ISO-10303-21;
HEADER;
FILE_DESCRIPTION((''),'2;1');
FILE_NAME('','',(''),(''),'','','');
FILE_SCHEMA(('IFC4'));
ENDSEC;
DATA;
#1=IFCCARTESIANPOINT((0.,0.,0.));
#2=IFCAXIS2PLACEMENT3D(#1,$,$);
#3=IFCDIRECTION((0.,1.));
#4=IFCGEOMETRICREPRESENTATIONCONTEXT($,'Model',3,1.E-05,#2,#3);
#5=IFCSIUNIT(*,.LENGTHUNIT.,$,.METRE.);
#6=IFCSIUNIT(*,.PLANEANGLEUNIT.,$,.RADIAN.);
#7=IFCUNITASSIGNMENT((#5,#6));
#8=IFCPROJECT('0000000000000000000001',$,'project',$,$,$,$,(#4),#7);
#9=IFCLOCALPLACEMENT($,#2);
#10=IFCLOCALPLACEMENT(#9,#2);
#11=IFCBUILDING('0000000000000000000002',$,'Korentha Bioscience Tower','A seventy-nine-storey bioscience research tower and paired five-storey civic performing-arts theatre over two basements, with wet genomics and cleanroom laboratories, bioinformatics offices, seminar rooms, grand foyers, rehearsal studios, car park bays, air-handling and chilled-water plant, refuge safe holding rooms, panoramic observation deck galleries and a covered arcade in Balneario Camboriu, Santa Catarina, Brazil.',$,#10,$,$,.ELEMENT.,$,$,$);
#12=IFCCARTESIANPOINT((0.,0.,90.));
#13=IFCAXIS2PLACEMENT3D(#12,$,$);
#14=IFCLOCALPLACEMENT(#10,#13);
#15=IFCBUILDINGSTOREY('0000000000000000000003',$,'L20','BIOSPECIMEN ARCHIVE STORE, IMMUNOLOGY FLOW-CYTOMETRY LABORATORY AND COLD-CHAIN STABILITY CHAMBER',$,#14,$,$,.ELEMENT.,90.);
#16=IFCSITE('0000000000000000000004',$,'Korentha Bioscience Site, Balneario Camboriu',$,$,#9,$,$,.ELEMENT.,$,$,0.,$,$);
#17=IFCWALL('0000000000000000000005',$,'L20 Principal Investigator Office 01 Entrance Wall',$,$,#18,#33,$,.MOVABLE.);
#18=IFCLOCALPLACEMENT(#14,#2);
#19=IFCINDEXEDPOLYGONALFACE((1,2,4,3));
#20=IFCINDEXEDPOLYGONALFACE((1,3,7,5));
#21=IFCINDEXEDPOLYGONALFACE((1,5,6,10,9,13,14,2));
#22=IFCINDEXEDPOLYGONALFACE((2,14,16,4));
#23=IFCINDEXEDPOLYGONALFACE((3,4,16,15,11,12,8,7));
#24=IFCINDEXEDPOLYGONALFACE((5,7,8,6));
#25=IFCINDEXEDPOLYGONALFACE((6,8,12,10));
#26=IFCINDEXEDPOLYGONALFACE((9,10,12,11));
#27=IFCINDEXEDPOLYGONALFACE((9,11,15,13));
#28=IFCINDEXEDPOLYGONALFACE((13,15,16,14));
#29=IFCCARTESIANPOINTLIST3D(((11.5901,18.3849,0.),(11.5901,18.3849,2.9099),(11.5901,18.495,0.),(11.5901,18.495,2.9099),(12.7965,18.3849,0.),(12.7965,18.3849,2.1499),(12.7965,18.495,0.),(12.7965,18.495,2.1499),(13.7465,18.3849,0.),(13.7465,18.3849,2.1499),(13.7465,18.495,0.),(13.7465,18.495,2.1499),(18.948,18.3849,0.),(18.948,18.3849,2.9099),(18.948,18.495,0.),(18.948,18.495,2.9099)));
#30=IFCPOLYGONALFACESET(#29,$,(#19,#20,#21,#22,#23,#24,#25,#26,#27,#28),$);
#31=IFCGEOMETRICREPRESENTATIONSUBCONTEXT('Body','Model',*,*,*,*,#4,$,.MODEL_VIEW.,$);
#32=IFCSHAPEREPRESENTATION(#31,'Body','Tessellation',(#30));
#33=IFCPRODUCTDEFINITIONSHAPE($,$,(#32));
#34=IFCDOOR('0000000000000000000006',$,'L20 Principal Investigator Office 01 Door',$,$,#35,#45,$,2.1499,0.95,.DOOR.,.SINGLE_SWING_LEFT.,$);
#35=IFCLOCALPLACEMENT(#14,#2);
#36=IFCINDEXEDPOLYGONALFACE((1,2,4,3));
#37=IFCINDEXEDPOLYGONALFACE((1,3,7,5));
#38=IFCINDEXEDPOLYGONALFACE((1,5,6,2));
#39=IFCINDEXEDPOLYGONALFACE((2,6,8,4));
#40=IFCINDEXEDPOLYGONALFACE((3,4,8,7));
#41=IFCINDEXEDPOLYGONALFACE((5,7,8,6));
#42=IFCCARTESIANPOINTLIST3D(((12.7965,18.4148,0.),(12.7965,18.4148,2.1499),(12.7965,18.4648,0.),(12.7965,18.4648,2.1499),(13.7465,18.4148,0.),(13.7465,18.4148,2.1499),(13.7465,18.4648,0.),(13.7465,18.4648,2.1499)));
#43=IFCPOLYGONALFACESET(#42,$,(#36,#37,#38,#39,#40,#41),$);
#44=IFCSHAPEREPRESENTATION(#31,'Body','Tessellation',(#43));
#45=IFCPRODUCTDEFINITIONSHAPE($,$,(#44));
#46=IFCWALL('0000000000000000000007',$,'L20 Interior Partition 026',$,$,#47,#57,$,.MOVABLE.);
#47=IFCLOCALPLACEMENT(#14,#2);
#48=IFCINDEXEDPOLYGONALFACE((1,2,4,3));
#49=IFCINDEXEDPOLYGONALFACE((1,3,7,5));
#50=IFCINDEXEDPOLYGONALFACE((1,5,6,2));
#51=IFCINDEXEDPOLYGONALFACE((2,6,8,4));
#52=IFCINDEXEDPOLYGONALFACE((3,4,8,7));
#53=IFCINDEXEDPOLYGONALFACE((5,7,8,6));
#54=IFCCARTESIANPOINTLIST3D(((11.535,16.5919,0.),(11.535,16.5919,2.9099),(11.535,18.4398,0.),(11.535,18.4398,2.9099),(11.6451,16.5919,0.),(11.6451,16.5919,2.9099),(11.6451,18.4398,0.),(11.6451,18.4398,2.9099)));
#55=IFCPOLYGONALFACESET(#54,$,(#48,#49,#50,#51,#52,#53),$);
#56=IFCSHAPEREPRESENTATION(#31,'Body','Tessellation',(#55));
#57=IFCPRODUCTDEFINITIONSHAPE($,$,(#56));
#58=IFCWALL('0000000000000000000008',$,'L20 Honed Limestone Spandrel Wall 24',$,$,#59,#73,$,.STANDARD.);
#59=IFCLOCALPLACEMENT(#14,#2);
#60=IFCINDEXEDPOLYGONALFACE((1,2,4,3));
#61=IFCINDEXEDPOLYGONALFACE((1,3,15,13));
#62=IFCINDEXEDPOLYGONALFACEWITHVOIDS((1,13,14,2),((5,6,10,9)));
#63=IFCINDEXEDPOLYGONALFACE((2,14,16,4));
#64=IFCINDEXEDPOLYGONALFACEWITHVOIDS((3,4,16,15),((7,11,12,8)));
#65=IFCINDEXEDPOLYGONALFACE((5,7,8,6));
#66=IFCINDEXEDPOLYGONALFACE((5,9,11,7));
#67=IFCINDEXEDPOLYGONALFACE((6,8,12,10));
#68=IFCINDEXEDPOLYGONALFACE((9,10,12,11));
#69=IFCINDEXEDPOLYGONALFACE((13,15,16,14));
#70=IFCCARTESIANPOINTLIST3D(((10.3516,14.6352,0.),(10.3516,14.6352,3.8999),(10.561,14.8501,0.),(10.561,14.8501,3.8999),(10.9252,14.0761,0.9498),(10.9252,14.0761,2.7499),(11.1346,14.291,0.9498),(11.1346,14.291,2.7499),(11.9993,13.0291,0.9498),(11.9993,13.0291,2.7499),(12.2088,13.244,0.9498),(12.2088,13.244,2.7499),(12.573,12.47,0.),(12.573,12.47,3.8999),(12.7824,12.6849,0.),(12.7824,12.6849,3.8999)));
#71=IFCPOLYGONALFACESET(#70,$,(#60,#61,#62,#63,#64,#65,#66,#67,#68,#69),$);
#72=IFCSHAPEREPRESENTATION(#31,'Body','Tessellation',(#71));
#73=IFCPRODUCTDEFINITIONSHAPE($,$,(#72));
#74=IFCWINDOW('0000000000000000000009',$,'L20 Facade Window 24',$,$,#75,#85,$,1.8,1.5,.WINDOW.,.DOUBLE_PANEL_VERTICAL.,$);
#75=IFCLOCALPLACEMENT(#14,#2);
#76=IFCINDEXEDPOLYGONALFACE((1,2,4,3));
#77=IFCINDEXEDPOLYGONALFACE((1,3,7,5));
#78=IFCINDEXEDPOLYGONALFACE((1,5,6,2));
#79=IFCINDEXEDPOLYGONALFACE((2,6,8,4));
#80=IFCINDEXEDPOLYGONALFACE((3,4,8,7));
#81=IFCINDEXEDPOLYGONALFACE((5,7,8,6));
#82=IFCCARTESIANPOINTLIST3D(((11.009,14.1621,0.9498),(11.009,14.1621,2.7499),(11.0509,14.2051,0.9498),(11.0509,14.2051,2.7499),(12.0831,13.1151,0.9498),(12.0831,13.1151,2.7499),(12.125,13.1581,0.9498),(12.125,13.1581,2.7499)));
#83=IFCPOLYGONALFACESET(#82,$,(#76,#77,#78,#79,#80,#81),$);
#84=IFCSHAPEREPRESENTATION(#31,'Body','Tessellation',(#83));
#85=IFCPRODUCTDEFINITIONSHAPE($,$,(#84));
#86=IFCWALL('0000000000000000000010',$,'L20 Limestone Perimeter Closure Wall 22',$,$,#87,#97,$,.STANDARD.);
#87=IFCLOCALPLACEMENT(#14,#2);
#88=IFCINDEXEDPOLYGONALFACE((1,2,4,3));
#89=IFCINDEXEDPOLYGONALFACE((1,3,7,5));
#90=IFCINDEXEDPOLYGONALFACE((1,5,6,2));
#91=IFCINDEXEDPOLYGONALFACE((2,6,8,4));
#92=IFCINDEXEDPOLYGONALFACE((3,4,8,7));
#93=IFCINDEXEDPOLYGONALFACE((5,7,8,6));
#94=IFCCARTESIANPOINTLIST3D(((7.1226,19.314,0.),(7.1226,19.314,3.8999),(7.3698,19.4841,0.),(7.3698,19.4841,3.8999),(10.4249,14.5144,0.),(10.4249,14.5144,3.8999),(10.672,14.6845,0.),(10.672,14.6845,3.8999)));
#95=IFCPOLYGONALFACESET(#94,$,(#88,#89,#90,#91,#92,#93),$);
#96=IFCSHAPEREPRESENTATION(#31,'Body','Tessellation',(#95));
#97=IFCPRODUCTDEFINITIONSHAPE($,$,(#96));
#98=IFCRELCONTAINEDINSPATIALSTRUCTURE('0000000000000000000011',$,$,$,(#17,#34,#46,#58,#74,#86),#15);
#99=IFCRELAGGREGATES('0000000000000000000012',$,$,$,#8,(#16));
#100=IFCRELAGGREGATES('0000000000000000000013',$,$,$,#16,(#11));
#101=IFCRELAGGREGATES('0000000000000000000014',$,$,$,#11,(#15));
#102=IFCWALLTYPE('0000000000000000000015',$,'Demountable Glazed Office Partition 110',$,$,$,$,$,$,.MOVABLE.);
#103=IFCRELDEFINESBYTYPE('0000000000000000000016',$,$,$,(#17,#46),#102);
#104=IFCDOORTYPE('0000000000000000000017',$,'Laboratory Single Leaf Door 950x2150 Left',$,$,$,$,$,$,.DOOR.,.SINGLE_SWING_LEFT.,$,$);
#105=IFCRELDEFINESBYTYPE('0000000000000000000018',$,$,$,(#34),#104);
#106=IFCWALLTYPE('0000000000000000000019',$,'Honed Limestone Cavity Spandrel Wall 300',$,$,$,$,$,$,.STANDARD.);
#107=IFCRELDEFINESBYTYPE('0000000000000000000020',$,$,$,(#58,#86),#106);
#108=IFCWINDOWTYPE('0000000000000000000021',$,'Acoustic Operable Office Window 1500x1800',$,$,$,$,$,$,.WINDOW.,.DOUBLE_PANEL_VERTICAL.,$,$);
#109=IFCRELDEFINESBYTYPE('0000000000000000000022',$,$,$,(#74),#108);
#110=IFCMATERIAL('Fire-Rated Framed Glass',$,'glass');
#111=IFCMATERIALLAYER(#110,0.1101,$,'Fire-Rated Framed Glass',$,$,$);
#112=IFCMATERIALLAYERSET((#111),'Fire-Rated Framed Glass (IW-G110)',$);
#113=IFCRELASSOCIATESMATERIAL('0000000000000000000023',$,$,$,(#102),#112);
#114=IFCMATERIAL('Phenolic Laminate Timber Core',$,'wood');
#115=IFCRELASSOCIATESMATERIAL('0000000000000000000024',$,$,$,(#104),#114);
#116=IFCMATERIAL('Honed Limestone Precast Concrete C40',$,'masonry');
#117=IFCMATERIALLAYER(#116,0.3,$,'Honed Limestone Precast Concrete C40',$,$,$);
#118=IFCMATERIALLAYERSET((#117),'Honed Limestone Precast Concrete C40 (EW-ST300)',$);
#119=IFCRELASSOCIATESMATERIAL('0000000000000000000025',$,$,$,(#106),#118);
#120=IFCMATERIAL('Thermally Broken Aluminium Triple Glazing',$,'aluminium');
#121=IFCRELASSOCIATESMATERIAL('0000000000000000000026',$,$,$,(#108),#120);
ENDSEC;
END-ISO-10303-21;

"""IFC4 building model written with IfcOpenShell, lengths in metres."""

from ifc_helpers import new_model, si_unit, direction, frame, frame_2d, origin, place, context, subcontext, project, spatial, rectangle, extrude, material, layer, layer_set, type_object, element, fill, save


model = new_model("IFC4")

# Units and contexts
model_context = context("Model", 3, precision=1e-05, world=origin(), true_north=direction((0.0, 1.0)))
body_context = subcontext(model_context, "Body", "Model", "MODEL_VIEW")
ifc_project = project(units=[si_unit("LENGTHUNIT", "METRE"), si_unit("PLANEANGLEUNIT", "RADIAN")], contexts=[model_context])

# Site, building, storey
site_placement = place(None, origin())
site = spatial("IfcSite", under=ifc_project, at=site_placement, Name="Korentha Bioscience Site, Balneario Camboriu", CompositionType="ELEMENT", RefElevation=0.0)
building_placement = place(site_placement, origin())
building = spatial("IfcBuilding", under=site, at=building_placement, Name="Korentha Bioscience Tower", Description="A seventy-nine-storey bioscience research tower and paired five-storey civic performing-arts theatre over two basements, with wet genomics and cleanroom laboratories, bioinformatics offices, seminar rooms, grand foyers, rehearsal studios, car park bays, air-handling and chilled-water plant, refuge safe holding rooms, panoramic observation deck galleries and a covered arcade in Balneario Camboriu, Santa Catarina, Brazil.", CompositionType="ELEMENT")
storey_placement = place(building_placement, frame((0.0, 0.0, 90.0)))
storey = spatial("IfcBuildingStorey", under=building, at=storey_placement, Name="L20", Description="BIOSPECIMEN ARCHIVE STORE, IMMUNOLOGY FLOW-CYTOMETRY LABORATORY AND COLD-CHAIN STABILITY CHAMBER", CompositionType="ELEMENT", Elevation=90.0)

# Wall, opening, door
ifc_material_1 = material(Name="Fire-Rated Framed Glass", Category="glass")
ifc_layer_1 = layer(ifc_material_1, 0.1101, Name="Fire-Rated Framed Glass")
ifc_layer_set_1 = layer_set([ifc_layer_1], Name="Fire-Rated Framed Glass (IW-G110)")
wall_type_1 = type_object("IfcWallType", Name="Demountable Glazed Office Partition 110", PredefinedType="MOVABLE", material=ifc_layer_set_1)
wall_1_placement = place(storey_placement, frame((11.5901, 18.4399, 0.0), z_axis=(0.0, 0.0, 1.0), x_axis=(1.0, 0.0, 0.0)))
wall_1 = element("IfcWall", 1, at=wall_1_placement, inside=storey, type_object=wall_type_1, Name="L20 Principal Investigator Office 01 Entrance Wall", PredefinedType="MOVABLE", context=body_context, shape_type="SweptSolid", body=[
    extrude(rectangle(XDim=7.3579, YDim=0.1101, at=frame_2d((3.679, 0.0))), origin(), (0.0, 0.0, 1.0), 2.9099),
])
opening_1_placement = place(wall_1_placement, frame((1.2063, 0.0, 0.0)))
opening_1 = element("IfcOpeningElement", 2, at=opening_1_placement, cuts=wall_1, PredefinedType="OPENING", context=body_context, shape_type="SweptSolid", body=[
    extrude(rectangle(XDim=0.95, YDim=2.1499, at=frame_2d((0.4751, 1.075))), frame((0.0, 0.0698, 0.0), z_axis=(0.0, -1.0, 0.0), x_axis=(1.0, 0.0, 0.0)), (0.0, 0.0, 1.0), 0.1399),
])
ifc_material_2 = material(Name="Phenolic Laminate Timber Core", Category="wood")
door_type = type_object("IfcDoorType", Name="Laboratory Single Leaf Door 950x2150 Left", OperationType="SINGLE_SWING_LEFT", PredefinedType="DOOR", material=ifc_material_2)
door_placement = place(opening_1_placement, origin())
door = element("IfcDoor", 3, at=door_placement, inside=storey, type_object=door_type, Name="L20 Principal Investigator Office 01 Door", OperationType="SINGLE_SWING_LEFT", OverallHeight=2.1499, OverallWidth=0.95, PredefinedType="DOOR", context=body_context, shape_type="SweptSolid", body=[
    extrude(rectangle(XDim=0.95, YDim=2.1499, at=frame_2d((0.4751, 1.075))), frame((0.0, 0.0249, 0.0), z_axis=(0.0, -1.0, 0.0), x_axis=(1.0, 0.0, 0.0)), (0.0, 0.0, 1.0), 0.05),
])
fill(opening_1, door)

# Wall
wall_2_placement = place(storey_placement, frame((11.5901, 16.592, 0.0), z_axis=(0.0, 0.0, 1.0), x_axis=(0.0, 1.0, 0.0)))
element("IfcWall", 4, at=wall_2_placement, inside=storey, type_object=wall_type_1, Name="L20 Interior Partition 026", PredefinedType="MOVABLE", context=body_context, shape_type="SweptSolid", body=[
    extrude(rectangle(XDim=1.8479, YDim=0.1101, at=frame_2d((0.9238, 0.0))), origin(), (0.0, 0.0, 1.0), 2.9099),
])

# Wall, opening, window
ifc_material_3 = material(Name="Honed Limestone Precast Concrete C40", Category="masonry")
ifc_layer_2 = layer(ifc_material_3, 0.3, Name="Honed Limestone Precast Concrete C40")
ifc_layer_set_2 = layer_set([ifc_layer_2], Name="Honed Limestone Precast Concrete C40 (EW-ST300)")
wall_type_2 = type_object("IfcWallType", Name="Honed Limestone Cavity Spandrel Wall 300", PredefinedType="STANDARD", material=ifc_layer_set_2)
wall_3_placement = place(storey_placement, frame((10.4563, 14.7427, 0.0), z_axis=(0.0, 0.0, 1.0), x_axis=(0.716099, -0.697998, 0.0)))
wall_3 = element("IfcWall", 5, at=wall_3_placement, inside=storey, type_object=wall_type_2, Name="L20 Honed Limestone Spandrel Wall 24", PredefinedType="STANDARD", context=body_context, shape_type="SweptSolid", body=[
    extrude(rectangle(XDim=3.1021, YDim=0.3, at=frame_2d((1.551, 0.0))), origin(), (0.0, 0.0, 1.0), 3.8999),
])
opening_2_placement = place(wall_3_placement, frame((0.801, 0.0, 0.95)))
opening_2 = element("IfcOpeningElement", 6, at=opening_2_placement, cuts=wall_3, PredefinedType="OPENING", context=body_context, shape_type="SweptSolid", body=[
    extrude(rectangle(XDim=1.5, YDim=1.8, at=frame_2d((0.75, 0.8999))), frame((0.0, 0.165, 0.0), z_axis=(0.0, -1.0, 0.0), x_axis=(1.0, 0.0, 0.0)), (0.0, 0.0, 1.0), 0.3298),
])
ifc_material_4 = material(Name="Thermally Broken Aluminium Triple Glazing", Category="aluminium")
window_type = type_object("IfcWindowType", Name="Acoustic Operable Office Window 1500x1800", PartitioningType="DOUBLE_PANEL_VERTICAL", PredefinedType="WINDOW", material=ifc_material_4)
window_placement = place(opening_2_placement, origin())
window = element("IfcWindow", 7, at=window_placement, inside=storey, type_object=window_type, Name="L20 Facade Window 24", OverallHeight=1.8, OverallWidth=1.5, PartitioningType="DOUBLE_PANEL_VERTICAL", PredefinedType="WINDOW", context=body_context, shape_type="SweptSolid", body=[
    extrude(rectangle(XDim=1.5, YDim=1.8, at=frame_2d((0.75, 0.8999))), frame((0.0, 0.03, 0.0), z_axis=(0.0, -1.0, 0.0), x_axis=(1.0, 0.0, 0.0)), (0.0, 0.0, 1.0), 0.0601),
])
fill(opening_2, window)

# Wall
wall_4_placement = place(storey_placement, frame((7.2461, 19.3992, 0.0), z_axis=(0.0, 0.0, 1.0), x_axis=(0.566826, -0.823838, 0.0)))
element("IfcWall", 8, at=wall_4_placement, inside=storey, type_object=wall_type_2, Name="L20 Limestone Perimeter Closure Wall 22", PredefinedType="STANDARD", context=body_context, shape_type="SweptSolid", body=[
    extrude(rectangle(XDim=5.8259, YDim=0.3, at=frame_2d((2.9131, 0.0))), origin(), (0.0, 0.0, 1.0), 3.8999),
])

save(model, "model.ifc")
